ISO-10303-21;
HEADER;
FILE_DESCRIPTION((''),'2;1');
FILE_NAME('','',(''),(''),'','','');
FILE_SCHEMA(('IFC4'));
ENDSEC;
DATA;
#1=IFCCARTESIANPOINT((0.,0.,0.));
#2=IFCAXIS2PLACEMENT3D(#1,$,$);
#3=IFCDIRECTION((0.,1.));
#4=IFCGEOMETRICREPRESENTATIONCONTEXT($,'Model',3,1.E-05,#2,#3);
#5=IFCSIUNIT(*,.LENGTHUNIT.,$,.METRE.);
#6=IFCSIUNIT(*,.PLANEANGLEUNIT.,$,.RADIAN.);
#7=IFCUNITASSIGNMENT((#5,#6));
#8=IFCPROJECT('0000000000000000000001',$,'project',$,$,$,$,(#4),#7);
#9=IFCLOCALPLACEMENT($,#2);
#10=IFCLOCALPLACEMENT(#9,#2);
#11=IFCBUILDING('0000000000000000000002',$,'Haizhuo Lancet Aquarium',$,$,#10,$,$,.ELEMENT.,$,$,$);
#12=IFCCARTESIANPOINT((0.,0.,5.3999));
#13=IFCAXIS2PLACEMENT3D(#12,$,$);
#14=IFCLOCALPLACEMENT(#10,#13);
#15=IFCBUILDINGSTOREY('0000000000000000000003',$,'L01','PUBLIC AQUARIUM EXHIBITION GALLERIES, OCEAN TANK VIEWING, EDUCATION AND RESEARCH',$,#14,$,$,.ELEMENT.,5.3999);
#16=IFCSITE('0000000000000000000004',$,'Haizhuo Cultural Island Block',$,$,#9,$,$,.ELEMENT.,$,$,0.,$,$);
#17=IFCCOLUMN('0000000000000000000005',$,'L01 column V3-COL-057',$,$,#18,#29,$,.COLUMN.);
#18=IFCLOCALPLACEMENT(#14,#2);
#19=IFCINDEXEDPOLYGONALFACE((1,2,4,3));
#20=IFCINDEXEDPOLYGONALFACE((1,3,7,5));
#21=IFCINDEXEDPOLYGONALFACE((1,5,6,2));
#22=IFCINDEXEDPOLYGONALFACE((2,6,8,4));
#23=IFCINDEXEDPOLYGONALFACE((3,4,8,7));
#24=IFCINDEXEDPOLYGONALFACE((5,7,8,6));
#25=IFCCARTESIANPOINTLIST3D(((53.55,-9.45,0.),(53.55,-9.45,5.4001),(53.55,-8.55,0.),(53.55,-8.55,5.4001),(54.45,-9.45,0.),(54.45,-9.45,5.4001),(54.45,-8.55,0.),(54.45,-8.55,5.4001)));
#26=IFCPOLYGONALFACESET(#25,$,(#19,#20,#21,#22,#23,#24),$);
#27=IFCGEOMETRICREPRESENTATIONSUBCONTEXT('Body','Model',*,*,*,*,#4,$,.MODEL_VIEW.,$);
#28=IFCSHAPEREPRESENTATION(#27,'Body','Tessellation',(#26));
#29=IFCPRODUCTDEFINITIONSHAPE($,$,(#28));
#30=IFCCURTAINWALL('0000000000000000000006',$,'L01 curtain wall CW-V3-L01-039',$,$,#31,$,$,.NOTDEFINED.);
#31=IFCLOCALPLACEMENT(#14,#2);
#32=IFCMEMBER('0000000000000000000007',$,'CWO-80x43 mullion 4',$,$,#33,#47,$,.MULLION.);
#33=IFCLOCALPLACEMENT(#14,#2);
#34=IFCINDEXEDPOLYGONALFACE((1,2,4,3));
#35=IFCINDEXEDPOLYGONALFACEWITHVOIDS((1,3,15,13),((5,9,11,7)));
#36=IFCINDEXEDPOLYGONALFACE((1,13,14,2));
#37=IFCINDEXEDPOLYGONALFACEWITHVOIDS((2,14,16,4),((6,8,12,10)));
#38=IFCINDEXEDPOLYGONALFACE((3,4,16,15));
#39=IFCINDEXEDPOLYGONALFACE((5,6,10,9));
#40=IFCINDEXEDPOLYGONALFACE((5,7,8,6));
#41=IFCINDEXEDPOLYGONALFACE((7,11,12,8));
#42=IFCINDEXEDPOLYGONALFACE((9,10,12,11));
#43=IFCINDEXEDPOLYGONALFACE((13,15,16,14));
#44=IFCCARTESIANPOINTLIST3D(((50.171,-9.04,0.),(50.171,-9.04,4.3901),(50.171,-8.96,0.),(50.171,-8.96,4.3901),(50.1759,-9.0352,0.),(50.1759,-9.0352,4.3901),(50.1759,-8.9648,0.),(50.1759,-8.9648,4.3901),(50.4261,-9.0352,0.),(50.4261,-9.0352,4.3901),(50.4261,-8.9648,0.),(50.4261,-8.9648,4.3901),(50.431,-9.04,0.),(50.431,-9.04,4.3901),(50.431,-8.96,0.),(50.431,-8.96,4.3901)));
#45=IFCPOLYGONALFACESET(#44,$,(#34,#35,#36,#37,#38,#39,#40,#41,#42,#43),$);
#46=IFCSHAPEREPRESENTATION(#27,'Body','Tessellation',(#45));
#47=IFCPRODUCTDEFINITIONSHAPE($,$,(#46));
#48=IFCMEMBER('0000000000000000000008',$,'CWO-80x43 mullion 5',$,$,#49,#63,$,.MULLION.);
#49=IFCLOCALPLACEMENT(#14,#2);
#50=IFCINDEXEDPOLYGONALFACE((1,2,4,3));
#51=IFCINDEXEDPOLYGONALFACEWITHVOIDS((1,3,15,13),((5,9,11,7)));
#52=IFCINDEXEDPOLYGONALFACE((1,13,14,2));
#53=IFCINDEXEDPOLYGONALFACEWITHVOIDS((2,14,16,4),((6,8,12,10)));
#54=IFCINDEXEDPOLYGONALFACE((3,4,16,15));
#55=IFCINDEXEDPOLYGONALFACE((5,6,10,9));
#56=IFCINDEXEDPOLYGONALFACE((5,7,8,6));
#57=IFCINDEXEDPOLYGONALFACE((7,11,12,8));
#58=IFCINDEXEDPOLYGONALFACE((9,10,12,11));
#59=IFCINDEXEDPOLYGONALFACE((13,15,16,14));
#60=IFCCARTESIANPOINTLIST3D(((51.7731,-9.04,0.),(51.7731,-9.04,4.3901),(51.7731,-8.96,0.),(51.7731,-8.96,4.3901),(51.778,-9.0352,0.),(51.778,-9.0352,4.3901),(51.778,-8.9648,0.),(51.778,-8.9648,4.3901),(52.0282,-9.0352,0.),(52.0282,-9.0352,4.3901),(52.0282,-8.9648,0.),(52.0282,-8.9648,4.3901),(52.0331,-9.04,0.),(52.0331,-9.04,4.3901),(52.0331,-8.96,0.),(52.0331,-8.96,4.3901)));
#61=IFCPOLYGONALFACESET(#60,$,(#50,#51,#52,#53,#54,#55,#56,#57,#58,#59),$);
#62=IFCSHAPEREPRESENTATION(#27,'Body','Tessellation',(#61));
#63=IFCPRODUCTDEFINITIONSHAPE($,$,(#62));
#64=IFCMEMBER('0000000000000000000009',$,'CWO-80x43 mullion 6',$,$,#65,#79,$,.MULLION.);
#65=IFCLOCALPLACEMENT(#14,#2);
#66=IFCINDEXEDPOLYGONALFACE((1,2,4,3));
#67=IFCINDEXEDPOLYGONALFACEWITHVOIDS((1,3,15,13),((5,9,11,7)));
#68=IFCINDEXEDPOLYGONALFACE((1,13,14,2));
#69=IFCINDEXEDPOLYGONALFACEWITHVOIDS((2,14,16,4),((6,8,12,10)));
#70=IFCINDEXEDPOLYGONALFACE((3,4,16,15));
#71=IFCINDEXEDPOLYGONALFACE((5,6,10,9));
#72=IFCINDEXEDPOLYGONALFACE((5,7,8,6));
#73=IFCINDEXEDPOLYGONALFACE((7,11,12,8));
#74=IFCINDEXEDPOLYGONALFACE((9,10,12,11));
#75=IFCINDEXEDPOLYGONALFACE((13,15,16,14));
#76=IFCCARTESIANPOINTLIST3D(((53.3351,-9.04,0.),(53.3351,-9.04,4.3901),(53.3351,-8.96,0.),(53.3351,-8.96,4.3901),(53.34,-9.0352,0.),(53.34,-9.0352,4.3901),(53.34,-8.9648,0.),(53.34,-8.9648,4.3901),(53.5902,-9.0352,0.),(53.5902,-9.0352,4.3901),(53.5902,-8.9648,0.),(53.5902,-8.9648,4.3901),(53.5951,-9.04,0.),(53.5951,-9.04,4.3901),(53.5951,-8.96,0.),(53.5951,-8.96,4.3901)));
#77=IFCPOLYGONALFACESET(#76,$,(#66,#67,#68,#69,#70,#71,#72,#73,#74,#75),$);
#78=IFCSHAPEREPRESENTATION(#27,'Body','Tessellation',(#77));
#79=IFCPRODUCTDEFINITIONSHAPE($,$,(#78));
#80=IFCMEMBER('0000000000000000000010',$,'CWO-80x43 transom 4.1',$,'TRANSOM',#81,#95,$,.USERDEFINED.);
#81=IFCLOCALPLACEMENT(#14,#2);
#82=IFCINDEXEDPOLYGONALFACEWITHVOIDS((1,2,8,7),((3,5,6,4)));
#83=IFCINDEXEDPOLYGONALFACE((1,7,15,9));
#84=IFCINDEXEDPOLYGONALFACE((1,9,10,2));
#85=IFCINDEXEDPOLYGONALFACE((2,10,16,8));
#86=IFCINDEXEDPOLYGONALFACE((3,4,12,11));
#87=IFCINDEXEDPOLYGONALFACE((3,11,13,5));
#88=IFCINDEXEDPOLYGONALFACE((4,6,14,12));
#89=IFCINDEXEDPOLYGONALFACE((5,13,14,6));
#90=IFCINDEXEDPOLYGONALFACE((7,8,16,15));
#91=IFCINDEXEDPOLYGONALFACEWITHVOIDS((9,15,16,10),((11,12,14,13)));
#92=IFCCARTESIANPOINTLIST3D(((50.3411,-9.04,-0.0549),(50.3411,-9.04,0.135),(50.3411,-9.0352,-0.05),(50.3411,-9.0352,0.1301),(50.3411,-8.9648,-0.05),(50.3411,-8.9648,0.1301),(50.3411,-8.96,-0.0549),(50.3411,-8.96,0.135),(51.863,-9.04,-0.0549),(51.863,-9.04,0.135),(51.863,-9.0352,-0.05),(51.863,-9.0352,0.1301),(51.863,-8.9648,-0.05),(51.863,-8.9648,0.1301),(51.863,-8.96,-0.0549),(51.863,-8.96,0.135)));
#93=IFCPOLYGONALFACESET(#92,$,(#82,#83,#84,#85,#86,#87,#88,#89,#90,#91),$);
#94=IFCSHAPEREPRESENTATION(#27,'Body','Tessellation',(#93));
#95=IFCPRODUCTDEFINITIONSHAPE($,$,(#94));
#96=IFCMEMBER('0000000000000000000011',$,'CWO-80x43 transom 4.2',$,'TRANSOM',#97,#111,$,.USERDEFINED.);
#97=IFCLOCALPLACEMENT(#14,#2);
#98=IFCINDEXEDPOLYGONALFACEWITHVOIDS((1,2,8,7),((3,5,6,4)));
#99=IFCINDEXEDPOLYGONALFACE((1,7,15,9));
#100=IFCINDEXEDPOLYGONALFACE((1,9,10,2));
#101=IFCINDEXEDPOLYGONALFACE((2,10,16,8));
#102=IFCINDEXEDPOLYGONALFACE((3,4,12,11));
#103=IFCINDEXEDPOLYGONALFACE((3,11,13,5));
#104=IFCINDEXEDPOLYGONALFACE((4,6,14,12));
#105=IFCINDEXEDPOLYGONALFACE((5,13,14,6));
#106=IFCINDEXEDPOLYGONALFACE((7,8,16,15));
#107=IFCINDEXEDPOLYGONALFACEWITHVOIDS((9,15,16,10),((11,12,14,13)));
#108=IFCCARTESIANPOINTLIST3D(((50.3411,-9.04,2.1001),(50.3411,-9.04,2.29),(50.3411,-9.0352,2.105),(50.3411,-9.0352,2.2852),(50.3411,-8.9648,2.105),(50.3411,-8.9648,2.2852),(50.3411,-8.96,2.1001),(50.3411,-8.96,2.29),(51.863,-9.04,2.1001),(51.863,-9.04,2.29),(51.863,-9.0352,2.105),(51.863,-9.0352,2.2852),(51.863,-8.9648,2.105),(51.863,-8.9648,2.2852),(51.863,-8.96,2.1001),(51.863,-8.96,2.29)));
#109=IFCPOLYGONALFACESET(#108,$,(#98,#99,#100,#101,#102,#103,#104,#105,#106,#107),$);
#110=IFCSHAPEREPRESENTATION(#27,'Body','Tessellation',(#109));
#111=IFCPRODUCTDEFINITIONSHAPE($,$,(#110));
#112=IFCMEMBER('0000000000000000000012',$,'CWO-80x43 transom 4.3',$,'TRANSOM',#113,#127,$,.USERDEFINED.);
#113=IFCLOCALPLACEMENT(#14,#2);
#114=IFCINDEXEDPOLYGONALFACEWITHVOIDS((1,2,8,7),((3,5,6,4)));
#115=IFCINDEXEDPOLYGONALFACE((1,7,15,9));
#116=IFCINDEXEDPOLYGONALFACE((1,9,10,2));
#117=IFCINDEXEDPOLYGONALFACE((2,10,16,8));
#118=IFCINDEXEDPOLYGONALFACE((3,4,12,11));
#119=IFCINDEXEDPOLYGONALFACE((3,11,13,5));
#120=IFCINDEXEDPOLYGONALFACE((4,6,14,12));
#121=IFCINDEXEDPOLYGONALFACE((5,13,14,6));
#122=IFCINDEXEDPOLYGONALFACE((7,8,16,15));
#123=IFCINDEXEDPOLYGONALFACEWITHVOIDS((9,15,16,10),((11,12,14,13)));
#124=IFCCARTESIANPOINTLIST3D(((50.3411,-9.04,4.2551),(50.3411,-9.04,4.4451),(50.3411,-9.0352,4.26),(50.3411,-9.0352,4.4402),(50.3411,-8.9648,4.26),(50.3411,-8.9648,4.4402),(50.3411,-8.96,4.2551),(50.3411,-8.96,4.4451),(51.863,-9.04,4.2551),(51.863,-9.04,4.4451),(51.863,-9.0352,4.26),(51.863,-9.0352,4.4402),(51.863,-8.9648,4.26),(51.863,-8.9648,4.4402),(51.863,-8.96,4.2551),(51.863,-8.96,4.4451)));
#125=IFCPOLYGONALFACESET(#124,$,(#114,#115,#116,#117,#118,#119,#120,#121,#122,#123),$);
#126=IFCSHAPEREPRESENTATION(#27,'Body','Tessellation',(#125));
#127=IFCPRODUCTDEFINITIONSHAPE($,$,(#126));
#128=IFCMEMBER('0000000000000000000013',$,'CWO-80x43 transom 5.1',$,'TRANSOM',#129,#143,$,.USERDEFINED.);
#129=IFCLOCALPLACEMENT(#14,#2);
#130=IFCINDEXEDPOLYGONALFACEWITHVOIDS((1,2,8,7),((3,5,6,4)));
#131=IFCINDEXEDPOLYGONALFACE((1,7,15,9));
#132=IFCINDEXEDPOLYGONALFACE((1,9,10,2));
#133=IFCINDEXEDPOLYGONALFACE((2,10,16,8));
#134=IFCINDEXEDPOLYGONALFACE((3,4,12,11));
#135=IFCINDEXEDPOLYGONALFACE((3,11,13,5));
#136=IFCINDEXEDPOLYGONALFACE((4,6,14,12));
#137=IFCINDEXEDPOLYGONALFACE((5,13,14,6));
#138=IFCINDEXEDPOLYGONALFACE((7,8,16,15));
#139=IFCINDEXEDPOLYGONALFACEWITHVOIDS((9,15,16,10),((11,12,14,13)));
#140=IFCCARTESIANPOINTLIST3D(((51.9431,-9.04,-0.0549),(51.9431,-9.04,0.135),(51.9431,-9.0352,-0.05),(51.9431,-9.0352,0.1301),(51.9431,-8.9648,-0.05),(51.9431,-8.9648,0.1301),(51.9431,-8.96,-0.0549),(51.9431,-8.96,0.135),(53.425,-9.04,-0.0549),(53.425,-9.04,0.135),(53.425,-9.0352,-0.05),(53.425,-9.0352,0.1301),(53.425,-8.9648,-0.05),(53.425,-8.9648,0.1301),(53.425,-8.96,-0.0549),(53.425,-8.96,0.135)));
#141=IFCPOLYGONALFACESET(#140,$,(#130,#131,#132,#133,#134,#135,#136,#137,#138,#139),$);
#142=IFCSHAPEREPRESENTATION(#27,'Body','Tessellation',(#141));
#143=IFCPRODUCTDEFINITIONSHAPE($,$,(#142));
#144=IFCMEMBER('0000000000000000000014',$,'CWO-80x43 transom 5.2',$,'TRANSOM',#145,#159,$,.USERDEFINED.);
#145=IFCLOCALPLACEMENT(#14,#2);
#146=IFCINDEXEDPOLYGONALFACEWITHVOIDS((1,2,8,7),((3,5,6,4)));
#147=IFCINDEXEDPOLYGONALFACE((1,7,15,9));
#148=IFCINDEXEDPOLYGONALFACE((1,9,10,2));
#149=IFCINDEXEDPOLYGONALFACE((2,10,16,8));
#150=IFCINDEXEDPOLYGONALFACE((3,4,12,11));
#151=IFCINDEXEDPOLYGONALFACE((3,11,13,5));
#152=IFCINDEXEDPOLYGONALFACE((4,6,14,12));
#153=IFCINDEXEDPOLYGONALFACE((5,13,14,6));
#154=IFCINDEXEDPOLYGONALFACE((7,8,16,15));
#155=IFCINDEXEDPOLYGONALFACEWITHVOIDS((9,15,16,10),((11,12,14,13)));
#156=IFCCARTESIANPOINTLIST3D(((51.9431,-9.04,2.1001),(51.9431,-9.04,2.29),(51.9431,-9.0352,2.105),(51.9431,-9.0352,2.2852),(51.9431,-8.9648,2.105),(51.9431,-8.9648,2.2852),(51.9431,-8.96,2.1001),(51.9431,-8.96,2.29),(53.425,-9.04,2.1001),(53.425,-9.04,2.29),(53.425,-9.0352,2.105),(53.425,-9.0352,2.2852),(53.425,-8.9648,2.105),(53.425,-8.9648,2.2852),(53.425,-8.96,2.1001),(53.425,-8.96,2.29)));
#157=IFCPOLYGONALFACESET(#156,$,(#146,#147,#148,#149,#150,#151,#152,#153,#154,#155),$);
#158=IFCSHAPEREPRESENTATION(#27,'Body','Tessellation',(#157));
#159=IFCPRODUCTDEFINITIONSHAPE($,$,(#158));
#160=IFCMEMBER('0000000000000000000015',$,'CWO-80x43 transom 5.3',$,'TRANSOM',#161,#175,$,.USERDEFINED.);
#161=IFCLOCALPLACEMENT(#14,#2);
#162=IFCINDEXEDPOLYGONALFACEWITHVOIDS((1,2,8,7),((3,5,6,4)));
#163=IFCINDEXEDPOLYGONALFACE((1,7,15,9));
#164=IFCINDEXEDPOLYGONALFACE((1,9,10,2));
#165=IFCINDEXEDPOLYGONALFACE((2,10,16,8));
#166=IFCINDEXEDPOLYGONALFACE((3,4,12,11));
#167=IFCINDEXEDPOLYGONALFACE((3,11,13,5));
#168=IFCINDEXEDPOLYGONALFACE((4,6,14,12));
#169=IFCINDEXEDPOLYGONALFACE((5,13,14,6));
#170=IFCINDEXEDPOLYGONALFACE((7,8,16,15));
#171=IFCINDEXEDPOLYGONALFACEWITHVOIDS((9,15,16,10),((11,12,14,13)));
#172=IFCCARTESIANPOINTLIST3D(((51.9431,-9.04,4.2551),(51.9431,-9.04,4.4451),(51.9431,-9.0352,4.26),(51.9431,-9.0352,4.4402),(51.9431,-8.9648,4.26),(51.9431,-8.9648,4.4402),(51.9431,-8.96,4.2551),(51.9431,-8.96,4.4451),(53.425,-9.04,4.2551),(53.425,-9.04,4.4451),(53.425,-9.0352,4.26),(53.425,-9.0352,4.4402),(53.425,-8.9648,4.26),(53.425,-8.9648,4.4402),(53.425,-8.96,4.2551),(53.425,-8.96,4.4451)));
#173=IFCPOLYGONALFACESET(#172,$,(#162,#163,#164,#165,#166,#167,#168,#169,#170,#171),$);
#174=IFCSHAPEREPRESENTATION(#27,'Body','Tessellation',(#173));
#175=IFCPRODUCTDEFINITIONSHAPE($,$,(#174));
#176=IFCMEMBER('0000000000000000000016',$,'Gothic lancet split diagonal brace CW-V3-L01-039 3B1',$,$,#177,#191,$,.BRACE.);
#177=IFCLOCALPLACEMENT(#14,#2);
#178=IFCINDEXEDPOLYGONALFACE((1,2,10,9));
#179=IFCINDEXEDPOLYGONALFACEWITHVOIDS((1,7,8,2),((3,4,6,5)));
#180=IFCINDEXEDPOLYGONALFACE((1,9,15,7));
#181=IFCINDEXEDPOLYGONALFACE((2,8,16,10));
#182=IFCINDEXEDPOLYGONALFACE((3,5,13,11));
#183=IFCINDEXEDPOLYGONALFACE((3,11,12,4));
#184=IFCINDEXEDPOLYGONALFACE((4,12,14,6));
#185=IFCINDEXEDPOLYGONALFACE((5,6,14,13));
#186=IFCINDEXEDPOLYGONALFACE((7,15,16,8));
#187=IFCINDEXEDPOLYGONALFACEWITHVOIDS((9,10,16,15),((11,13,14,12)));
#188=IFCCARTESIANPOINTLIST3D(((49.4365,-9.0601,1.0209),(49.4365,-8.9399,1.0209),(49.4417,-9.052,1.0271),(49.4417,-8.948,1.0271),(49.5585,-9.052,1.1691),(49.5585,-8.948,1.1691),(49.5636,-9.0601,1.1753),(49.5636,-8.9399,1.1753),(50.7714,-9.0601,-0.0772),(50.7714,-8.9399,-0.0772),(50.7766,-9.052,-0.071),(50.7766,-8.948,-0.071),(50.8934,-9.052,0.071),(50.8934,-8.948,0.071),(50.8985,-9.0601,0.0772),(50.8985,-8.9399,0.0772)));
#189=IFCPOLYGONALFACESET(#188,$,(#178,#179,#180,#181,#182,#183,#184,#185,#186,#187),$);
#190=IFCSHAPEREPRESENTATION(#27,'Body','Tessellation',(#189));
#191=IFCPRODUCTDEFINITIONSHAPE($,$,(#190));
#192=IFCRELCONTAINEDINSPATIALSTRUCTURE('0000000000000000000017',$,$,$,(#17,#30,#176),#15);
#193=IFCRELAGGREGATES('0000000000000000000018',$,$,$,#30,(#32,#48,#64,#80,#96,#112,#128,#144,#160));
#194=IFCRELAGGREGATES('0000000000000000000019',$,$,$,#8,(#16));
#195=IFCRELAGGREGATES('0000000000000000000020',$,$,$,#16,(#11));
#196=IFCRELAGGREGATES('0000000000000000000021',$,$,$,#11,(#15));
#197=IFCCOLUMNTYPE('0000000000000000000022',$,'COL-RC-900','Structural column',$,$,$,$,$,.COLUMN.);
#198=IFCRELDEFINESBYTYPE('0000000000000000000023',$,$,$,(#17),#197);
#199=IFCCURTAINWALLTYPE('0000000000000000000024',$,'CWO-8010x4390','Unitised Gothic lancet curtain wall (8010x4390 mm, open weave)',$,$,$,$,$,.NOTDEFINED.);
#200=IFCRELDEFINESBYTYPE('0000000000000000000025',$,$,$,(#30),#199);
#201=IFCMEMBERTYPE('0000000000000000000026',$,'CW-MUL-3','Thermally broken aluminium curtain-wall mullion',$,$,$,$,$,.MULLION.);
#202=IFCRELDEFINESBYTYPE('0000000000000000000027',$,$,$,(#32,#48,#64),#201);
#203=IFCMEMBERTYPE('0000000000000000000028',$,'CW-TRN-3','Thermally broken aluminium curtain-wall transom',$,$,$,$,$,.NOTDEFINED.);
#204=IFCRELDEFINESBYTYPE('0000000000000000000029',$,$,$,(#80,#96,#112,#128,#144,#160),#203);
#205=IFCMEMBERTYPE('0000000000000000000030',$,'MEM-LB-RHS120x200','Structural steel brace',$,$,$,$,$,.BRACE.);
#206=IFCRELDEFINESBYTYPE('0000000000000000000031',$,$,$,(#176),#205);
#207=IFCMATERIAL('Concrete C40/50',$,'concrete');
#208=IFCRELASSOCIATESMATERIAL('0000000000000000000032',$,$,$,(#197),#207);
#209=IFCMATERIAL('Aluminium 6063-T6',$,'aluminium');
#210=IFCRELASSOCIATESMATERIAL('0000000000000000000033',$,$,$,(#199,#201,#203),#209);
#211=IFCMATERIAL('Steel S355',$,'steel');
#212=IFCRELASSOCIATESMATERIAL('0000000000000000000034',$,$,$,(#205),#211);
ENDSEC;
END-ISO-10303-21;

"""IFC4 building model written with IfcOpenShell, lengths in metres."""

from ifc_helpers import new_model, si_unit, direction, frame, origin, origin_2d, place, context, subcontext, project, spatial, rectangle, hollow_rectangle, extrude, material, material_profile, profile_set, type_object, element, aggregate, save


model = new_model("IFC4")

# Units and contexts
model_context = context("Model", 3, precision=1e-05, world=origin(), true_north=direction((0.0, 1.0)))
body_context = subcontext(model_context, "Body", "Model", "MODEL_VIEW")
ifc_project = project(units=[si_unit("LENGTHUNIT", "METRE"), si_unit("PLANEANGLEUNIT", "RADIAN")], contexts=[model_context])

# Site, building, storey
site_placement = place(None, origin())
site = spatial("IfcSite", under=ifc_project, at=site_placement, Name="Haizhuo Cultural Island Block", CompositionType="ELEMENT", RefElevation=0.0)
building_placement = place(site_placement, origin())
building = spatial("IfcBuilding", under=site, at=building_placement, Name="Haizhuo Lancet Aquarium", CompositionType="ELEMENT")
storey_placement = place(building_placement, frame((0.0, 0.0, 5.3999)))
storey = spatial("IfcBuildingStorey", under=building, at=storey_placement, Name="L01", Description="PUBLIC AQUARIUM EXHIBITION GALLERIES, OCEAN TANK VIEWING, EDUCATION AND RESEARCH", CompositionType="ELEMENT", Elevation=5.3999)

# Column
ifc_material_1 = material(Name="Concrete C40/50", Category="concrete")
ifc_material_profile_1 = material_profile(ifc_material_1, rectangle(XDim=0.8999, YDim=0.8999, at=origin_2d()), Name="RC-COL 900x900")
ifc_profile_set_1 = profile_set([ifc_material_profile_1], Name="Concrete C40/50")
column_type = type_object("IfcColumnType", Name="COL-RC-900", Description="Structural column", PredefinedType="COLUMN", material=ifc_profile_set_1)
column_placement = place(storey_placement, frame((54.0, -9.0, 0.0), z_axis=(0.0, 0.0, 1.0), x_axis=(1.0, 0.0, 0.0)))
element("IfcColumn", 1, at=column_placement, inside=storey, type_object=column_type, Name="L01 column V3-COL-057", PredefinedType="COLUMN", context=body_context, shape_type="SweptSolid", body=[
    extrude(rectangle(XDim=0.8999, YDim=0.8999, at=origin_2d()), origin(), (0.0, 0.0, 1.0), 5.4001),
])

# Curtain wall, members
ifc_material_2 = material(Name="Aluminium 6063-T6", Category="aluminium")
curtain_wall_type = type_object("IfcCurtainWallType", Name="CWO-8010x4390", Description="Unitised Gothic lancet curtain wall (8010x4390 mm, open weave)", PredefinedType="NOTDEFINED", material=ifc_material_2)
curtain_wall_placement = place(storey_placement, origin())
curtain_wall = element("IfcCurtainWall", 2, at=curtain_wall_placement, inside=storey, type_object=curtain_wall_type, Name="L01 curtain wall CW-V3-L01-039", PredefinedType="NOTDEFINED")
ifc_material_profile_2 = material_profile(ifc_material_2, hollow_rectangle(XDim=0.0801, YDim=0.26, WallThickness=0.0049, at=origin_2d()), Name="ALU-M 80x260x5")
ifc_profile_set_2 = profile_set([ifc_material_profile_2], Name="Aluminium 6063-T6")
member_type_1 = type_object("IfcMemberType", Name="CW-MUL-3", Description="Thermally broken aluminium curtain-wall mullion", PredefinedType="MULLION", material=ifc_profile_set_2)
member_1_placement = place(storey_placement, frame((50.301, -9.0, 0.0), z_axis=(0.0, 0.0, 1.0), x_axis=(0.0, 1.0, 0.0)))
member_1 = element("IfcMember", 3, at=member_1_placement, type_object=member_type_1, Name="CWO-80x43 mullion 4", PredefinedType="MULLION", context=body_context, shape_type="SweptSolid", body=[
    extrude(hollow_rectangle(XDim=0.0801, YDim=0.26, WallThickness=0.0049, at=origin_2d()), origin(), (0.0, 0.0, 1.0), 4.3901),
])
member_2_placement = place(storey_placement, frame((51.9031, -9.0, 0.0), z_axis=(0.0, 0.0, 1.0), x_axis=(0.0, 1.0, 0.0)))
member_2 = element("IfcMember", 4, at=member_2_placement, type_object=member_type_1, Name="CWO-80x43 mullion 5", PredefinedType="MULLION", context=body_context, shape_type="SweptSolid", body=[
    extrude(hollow_rectangle(XDim=0.0801, YDim=0.26, WallThickness=0.0049, at=origin_2d()), origin(), (0.0, 0.0, 1.0), 4.3901),
])
member_3_placement = place(storey_placement, frame((53.4651, -9.0, 0.0), z_axis=(0.0, 0.0, 1.0), x_axis=(0.0, 1.0, 0.0)))
member_3 = element("IfcMember", 5, at=member_3_placement, type_object=member_type_1, Name="CWO-80x43 mullion 6", PredefinedType="MULLION", context=body_context, shape_type="SweptSolid", body=[
    extrude(hollow_rectangle(XDim=0.0801, YDim=0.26, WallThickness=0.0049, at=origin_2d()), origin(), (0.0, 0.0, 1.0), 4.3901),
])
ifc_material_profile_3 = material_profile(ifc_material_2, hollow_rectangle(XDim=0.0801, YDim=0.1899, WallThickness=0.0049, at=origin_2d()), Name="ALU-T 80x190x5")
ifc_profile_set_3 = profile_set([ifc_material_profile_3], Name="Aluminium 6063-T6")
member_type_2 = type_object("IfcMemberType", Name="CW-TRN-3", Description="Thermally broken aluminium curtain-wall transom", PredefinedType="NOTDEFINED", material=ifc_profile_set_3)
member_4_placement = place(storey_placement, frame((50.3411, -9.0, 0.04), z_axis=(1.0, 0.0, 0.0), x_axis=(0.0, 1.0, 0.0)))
member_4 = element("IfcMember", 6, at=member_4_placement, type_object=member_type_2, Name="CWO-80x43 transom 4.1", ObjectType="TRANSOM", PredefinedType="USERDEFINED", context=body_context, shape_type="SweptSolid", body=[
    extrude(hollow_rectangle(XDim=0.0801, YDim=0.1899, WallThickness=0.0049, at=origin_2d()), origin(), (0.0, 0.0, 1.0), 1.522),
])
member_5_placement = place(storey_placement, frame((50.3411, -9.0, 2.1951), z_axis=(1.0, 0.0, 0.0), x_axis=(0.0, 1.0, 0.0)))
member_5 = element("IfcMember", 7, at=member_5_placement, type_object=member_type_2, Name="CWO-80x43 transom 4.2", ObjectType="TRANSOM", PredefinedType="USERDEFINED", context=body_context, shape_type="SweptSolid", body=[
    extrude(hollow_rectangle(XDim=0.0801, YDim=0.1899, WallThickness=0.0049, at=origin_2d()), origin(), (0.0, 0.0, 1.0), 1.522),
])
member_6_placement = place(storey_placement, frame((50.3411, -9.0, 4.3501), z_axis=(1.0, 0.0, 0.0), x_axis=(0.0, 1.0, 0.0)))
member_6 = element("IfcMember", 8, at=member_6_placement, type_object=member_type_2, Name="CWO-80x43 transom 4.3", ObjectType="TRANSOM", PredefinedType="USERDEFINED", context=body_context, shape_type="SweptSolid", body=[
    extrude(hollow_rectangle(XDim=0.0801, YDim=0.1899, WallThickness=0.0049, at=origin_2d()), origin(), (0.0, 0.0, 1.0), 1.522),
])
member_7_placement = place(storey_placement, frame((51.9431, -9.0, 0.04), z_axis=(1.0, 0.0, 0.0), x_axis=(0.0, 1.0, 0.0)))
member_7 = element("IfcMember", 9, at=member_7_placement, type_object=member_type_2, Name="CWO-80x43 transom 5.1", ObjectType="TRANSOM", PredefinedType="USERDEFINED", context=body_context, shape_type="SweptSolid", body=[
    extrude(hollow_rectangle(XDim=0.0801, YDim=0.1899, WallThickness=0.0049, at=origin_2d()), origin(), (0.0, 0.0, 1.0), 1.4819),
])
member_8_placement = place(storey_placement, frame((51.9431, -9.0, 2.1951), z_axis=(1.0, 0.0, 0.0), x_axis=(0.0, 1.0, 0.0)))
member_8 = element("IfcMember", 10, at=member_8_placement, type_object=member_type_2, Name="CWO-80x43 transom 5.2", ObjectType="TRANSOM", PredefinedType="USERDEFINED", context=body_context, shape_type="SweptSolid", body=[
    extrude(hollow_rectangle(XDim=0.0801, YDim=0.1899, WallThickness=0.0049, at=origin_2d()), origin(), (0.0, 0.0, 1.0), 1.4819),
])
member_9_placement = place(storey_placement, frame((51.9431, -9.0, 4.3501), z_axis=(1.0, 0.0, 0.0), x_axis=(0.0, 1.0, 0.0)))
member_9 = element("IfcMember", 11, at=member_9_placement, type_object=member_type_2, Name="CWO-80x43 transom 5.3", ObjectType="TRANSOM", PredefinedType="USERDEFINED", context=body_context, shape_type="SweptSolid", body=[
    extrude(hollow_rectangle(XDim=0.0801, YDim=0.1899, WallThickness=0.0049, at=origin_2d()), origin(), (0.0, 0.0, 1.0), 1.4819),
])

# Member
ifc_material_3 = material(Name="Steel S355", Category="steel")
ifc_material_profile_4 = material_profile(ifc_material_3, hollow_rectangle(XDim=0.1201, YDim=0.2, WallThickness=0.0081, at=origin_2d()), Name="RHS 120x200x8")
ifc_profile_set_4 = profile_set([ifc_material_profile_4], Name="Steel S355")
member_type_3 = type_object("IfcMemberType", Name="MEM-LB-RHS120x200", Description="Structural steel brace", PredefinedType="BRACE", material=ifc_profile_set_4)
member_10_placement = place(storey_placement, frame((50.835, -9.0, 0.0), z_axis=(-0.772281, 0.0, 0.635281), x_axis=(0.0, -1.0, 0.0)))
element("IfcMember", 12, at=member_10_placement, inside=storey, type_object=member_type_3, Name="Gothic lancet split diagonal brace CW-V3-L01-039 3B1", PredefinedType="BRACE", context=body_context, shape_type="SweptSolid", body=[
    extrude(hollow_rectangle(XDim=0.1201, YDim=0.2, WallThickness=0.0081, at=origin_2d()), origin(), (0.0, 0.0, 1.0), 1.7285),
])

aggregate(curtain_wall, [member_1, member_2, member_3, member_4, member_5, member_6, member_7, member_8, member_9])

save(model, "model.ifc")
